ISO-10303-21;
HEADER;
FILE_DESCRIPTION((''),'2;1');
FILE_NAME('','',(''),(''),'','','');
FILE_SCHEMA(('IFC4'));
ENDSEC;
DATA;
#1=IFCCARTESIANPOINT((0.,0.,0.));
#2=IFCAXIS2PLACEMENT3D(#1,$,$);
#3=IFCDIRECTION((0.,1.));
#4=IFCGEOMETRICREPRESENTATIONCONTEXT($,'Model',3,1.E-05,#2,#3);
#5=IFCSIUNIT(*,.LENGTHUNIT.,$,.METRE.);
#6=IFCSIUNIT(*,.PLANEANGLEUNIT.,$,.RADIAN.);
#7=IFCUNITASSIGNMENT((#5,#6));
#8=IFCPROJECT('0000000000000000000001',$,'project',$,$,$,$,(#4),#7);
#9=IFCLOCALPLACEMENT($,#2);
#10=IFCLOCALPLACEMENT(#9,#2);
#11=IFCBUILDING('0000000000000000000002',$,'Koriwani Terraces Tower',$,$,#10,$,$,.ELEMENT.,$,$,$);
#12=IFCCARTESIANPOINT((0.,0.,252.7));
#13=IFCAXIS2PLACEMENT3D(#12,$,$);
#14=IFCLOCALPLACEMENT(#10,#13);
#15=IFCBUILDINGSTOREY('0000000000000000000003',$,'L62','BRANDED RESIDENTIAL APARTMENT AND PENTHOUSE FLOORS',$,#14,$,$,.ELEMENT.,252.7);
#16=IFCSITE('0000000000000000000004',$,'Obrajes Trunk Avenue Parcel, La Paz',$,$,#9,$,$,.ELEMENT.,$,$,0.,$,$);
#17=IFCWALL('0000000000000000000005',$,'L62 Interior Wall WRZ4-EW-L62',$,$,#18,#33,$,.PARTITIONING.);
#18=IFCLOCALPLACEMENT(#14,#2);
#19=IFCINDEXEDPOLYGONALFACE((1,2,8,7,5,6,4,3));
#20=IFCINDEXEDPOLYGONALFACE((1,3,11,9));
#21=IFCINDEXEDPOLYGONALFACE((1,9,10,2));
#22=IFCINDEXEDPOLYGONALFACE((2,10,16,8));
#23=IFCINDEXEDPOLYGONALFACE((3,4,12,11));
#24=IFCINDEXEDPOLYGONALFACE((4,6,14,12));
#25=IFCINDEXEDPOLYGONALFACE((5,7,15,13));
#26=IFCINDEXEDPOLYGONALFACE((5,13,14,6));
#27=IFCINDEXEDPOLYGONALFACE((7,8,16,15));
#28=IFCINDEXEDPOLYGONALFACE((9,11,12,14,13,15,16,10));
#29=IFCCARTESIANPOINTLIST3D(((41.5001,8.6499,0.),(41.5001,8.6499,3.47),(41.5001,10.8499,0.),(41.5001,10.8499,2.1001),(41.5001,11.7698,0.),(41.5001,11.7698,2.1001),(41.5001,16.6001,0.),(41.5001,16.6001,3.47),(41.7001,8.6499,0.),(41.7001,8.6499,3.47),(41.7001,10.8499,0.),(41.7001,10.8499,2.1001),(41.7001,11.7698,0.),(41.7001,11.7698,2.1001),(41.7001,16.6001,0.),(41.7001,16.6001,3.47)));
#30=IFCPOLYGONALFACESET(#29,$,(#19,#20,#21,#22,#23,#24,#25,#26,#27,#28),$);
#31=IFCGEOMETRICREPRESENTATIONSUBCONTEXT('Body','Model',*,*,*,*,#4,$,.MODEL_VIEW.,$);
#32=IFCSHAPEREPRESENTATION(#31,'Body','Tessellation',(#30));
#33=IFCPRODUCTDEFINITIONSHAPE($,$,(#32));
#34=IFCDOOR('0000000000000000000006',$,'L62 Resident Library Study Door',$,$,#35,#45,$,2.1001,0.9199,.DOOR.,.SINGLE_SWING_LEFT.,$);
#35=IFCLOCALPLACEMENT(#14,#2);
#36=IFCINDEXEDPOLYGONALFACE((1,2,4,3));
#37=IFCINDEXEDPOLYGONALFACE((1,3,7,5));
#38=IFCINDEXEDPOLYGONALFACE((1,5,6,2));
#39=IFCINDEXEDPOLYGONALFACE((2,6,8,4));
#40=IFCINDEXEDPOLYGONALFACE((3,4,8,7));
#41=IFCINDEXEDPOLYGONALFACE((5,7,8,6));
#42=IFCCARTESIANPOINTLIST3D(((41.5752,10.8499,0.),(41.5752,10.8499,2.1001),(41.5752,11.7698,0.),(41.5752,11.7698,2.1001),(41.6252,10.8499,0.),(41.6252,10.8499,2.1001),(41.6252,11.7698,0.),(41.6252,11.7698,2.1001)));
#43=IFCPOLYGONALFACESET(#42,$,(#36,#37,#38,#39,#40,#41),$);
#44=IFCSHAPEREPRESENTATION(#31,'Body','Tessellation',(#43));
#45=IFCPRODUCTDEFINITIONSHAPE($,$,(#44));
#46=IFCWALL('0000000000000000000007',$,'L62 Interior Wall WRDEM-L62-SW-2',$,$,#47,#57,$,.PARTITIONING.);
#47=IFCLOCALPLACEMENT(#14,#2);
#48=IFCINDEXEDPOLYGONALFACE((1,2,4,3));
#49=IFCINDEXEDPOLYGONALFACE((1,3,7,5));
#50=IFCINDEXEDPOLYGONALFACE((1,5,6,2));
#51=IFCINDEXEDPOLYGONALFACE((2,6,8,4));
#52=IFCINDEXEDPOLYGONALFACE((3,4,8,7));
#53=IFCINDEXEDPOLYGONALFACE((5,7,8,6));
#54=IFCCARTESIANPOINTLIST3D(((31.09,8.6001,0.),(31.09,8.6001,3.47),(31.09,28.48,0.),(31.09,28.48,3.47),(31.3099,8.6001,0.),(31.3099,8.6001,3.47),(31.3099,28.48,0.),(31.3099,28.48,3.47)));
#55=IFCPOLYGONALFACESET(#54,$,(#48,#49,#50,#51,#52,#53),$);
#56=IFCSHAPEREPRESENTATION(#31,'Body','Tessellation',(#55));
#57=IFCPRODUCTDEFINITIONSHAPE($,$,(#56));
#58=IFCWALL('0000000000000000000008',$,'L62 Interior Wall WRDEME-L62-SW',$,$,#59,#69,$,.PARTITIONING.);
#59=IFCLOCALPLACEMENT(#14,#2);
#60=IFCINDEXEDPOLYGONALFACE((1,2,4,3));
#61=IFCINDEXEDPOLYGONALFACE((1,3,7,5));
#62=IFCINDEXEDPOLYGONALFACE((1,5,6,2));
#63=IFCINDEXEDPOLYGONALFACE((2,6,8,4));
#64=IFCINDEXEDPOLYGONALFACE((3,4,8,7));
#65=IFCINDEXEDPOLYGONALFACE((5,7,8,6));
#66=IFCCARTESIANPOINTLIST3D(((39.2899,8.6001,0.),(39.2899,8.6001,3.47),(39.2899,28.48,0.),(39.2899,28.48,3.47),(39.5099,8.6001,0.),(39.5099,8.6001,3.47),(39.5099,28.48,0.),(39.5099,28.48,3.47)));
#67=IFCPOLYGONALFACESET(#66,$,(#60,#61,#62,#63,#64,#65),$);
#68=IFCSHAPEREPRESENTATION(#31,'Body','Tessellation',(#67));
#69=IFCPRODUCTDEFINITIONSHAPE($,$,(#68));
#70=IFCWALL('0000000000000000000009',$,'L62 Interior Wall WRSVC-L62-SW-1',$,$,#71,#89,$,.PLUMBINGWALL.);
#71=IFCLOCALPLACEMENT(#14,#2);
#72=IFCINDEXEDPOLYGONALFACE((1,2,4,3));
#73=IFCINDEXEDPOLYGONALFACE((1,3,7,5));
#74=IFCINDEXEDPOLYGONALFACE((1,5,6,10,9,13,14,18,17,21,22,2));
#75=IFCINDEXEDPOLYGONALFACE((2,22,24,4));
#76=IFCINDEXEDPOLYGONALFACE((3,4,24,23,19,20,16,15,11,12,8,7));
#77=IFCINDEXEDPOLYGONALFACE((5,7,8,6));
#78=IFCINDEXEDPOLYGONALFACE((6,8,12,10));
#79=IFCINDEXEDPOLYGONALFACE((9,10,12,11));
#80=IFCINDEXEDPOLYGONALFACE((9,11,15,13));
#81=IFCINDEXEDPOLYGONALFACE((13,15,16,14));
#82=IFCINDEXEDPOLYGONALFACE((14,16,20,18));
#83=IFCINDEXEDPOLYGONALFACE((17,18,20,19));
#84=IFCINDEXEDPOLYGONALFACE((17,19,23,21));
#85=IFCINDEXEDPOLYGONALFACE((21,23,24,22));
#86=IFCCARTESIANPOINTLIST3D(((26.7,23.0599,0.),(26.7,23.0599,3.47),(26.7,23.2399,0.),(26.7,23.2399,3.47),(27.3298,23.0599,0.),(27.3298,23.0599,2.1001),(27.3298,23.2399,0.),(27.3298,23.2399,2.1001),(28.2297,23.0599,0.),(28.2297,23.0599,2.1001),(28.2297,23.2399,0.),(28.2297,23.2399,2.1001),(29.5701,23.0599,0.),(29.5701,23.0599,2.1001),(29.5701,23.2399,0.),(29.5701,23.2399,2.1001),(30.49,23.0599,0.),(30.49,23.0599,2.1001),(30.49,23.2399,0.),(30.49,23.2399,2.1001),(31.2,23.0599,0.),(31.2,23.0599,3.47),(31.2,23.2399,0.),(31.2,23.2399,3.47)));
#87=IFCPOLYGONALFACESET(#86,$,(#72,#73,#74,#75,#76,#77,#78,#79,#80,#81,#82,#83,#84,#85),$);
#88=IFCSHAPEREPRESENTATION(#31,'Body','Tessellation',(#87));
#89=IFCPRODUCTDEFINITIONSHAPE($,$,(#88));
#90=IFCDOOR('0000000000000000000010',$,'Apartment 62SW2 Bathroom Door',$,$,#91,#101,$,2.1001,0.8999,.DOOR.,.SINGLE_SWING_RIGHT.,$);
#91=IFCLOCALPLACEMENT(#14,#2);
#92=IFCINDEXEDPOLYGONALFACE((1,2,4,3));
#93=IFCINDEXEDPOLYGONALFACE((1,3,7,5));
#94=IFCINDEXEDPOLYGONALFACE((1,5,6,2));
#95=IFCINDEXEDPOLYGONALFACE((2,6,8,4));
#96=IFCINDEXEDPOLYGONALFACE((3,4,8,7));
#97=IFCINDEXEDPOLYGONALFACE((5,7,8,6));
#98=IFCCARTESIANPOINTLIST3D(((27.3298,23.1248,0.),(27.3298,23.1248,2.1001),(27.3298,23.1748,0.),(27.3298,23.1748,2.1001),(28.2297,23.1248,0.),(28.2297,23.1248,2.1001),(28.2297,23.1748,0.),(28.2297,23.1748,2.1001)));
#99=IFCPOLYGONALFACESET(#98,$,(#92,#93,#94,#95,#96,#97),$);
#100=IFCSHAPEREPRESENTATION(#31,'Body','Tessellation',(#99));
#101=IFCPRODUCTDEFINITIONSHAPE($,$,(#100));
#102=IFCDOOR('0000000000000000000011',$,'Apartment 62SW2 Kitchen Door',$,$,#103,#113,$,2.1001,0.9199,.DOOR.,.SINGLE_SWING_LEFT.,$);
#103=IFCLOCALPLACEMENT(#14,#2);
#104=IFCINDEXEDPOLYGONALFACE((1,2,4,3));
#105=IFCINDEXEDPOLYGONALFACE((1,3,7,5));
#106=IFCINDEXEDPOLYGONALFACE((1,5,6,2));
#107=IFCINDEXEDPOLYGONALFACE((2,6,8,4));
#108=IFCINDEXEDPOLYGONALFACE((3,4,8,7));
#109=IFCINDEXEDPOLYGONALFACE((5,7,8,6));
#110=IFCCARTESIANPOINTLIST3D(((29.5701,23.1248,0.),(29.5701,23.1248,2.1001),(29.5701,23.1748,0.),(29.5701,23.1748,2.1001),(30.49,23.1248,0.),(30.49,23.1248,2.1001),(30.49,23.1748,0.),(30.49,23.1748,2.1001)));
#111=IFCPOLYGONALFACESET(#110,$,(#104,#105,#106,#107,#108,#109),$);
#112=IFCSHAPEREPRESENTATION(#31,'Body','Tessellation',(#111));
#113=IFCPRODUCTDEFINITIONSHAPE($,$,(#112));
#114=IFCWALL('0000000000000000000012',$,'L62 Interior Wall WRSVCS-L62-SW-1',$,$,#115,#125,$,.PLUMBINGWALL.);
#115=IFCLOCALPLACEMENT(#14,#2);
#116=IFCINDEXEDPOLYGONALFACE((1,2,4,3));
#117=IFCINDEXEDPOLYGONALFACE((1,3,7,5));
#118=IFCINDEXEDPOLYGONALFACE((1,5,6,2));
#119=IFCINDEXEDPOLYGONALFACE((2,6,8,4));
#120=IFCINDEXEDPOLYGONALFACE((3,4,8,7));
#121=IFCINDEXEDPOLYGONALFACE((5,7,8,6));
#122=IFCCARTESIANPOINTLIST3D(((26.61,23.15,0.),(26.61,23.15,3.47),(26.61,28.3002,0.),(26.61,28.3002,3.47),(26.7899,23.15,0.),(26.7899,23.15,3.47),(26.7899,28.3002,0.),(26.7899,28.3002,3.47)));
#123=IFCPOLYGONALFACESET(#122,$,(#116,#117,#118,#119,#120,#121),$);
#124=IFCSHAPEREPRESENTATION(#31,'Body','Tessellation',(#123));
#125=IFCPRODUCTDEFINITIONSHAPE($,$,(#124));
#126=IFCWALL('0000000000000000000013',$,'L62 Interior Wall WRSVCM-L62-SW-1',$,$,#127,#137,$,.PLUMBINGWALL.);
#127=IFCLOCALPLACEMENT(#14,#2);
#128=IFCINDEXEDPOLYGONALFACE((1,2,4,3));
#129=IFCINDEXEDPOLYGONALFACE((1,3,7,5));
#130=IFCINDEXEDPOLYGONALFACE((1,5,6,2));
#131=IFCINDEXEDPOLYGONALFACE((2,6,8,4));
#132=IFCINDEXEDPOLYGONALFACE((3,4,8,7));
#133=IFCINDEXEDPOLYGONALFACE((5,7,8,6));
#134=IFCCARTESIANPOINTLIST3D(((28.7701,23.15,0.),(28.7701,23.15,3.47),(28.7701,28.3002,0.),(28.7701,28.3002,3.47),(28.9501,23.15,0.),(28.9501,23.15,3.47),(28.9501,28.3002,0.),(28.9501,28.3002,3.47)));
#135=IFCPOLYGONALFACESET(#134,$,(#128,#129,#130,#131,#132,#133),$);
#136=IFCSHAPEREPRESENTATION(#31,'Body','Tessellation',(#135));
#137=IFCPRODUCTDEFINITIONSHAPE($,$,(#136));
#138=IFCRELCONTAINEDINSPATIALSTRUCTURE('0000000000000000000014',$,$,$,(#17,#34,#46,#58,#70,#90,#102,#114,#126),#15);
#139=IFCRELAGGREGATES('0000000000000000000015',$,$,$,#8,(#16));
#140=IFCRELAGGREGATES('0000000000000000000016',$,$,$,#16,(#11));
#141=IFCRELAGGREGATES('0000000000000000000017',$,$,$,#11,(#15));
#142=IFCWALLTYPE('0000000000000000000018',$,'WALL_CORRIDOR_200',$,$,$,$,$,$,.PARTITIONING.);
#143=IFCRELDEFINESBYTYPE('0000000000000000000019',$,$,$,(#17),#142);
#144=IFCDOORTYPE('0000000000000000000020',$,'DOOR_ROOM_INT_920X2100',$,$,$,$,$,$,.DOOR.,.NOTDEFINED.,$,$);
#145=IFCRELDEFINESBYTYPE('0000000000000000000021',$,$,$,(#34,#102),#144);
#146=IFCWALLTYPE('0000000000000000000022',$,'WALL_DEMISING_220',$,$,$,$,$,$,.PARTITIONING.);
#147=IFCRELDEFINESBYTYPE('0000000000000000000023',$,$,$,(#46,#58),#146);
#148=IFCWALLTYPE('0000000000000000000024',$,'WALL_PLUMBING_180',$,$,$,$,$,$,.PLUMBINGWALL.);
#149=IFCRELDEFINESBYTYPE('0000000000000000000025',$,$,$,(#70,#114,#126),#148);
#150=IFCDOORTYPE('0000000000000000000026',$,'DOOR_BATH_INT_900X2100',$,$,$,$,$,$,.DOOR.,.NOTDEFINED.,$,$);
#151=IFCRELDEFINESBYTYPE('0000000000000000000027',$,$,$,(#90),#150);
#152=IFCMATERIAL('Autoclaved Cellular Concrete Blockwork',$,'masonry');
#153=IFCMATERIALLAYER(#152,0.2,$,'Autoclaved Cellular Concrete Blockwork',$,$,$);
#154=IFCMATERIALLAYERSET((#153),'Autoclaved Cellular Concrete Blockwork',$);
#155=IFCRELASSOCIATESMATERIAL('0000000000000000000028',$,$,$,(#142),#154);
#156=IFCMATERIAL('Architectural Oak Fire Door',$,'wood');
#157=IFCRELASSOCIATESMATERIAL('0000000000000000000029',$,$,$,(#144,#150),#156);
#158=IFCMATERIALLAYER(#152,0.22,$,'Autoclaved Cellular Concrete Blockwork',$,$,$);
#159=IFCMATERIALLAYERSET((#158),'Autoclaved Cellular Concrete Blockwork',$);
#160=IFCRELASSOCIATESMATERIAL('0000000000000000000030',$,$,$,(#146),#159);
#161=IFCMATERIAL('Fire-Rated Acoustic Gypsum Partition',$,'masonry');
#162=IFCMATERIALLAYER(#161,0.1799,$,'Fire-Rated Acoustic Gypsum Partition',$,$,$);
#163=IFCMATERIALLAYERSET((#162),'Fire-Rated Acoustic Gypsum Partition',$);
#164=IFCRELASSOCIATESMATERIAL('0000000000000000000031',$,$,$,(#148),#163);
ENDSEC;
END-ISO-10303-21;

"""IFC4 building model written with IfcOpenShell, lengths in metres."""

from ifc_helpers import new_model, si_unit, direction, frame, frame_2d, origin, place, context, subcontext, project, spatial, rectangle, extrude, material, layer, layer_set, type_object, element, fill, save


model = new_model("IFC4")

# Units and contexts
model_context = context("Model", 3, precision=1e-05, world=origin(), true_north=direction((0.0, 1.0)))
body_context = subcontext(model_context, "Body", "Model", "MODEL_VIEW")
ifc_project = project(units=[si_unit("LENGTHUNIT", "METRE"), si_unit("PLANEANGLEUNIT", "RADIAN")], contexts=[model_context])

# Site, building, storey
site_placement = place(None, origin())
site = spatial("IfcSite", under=ifc_project, at=site_placement, Name="Obrajes Trunk Avenue Parcel, La Paz", CompositionType="ELEMENT", RefElevation=0.0)
building_placement = place(site_placement, origin())
building = spatial("IfcBuilding", under=site, at=building_placement, Name="Koriwani Terraces Tower", CompositionType="ELEMENT")
storey_placement = place(building_placement, frame((0.0, 0.0, 252.7)))
storey = spatial("IfcBuildingStorey", under=building, at=storey_placement, Name="L62", Description="BRANDED RESIDENTIAL APARTMENT AND PENTHOUSE FLOORS", CompositionType="ELEMENT", Elevation=252.7)

# Wall, opening, door
ifc_material_1 = material(Name="Autoclaved Cellular Concrete Blockwork", Category="masonry")
ifc_layer_1 = layer(ifc_material_1, 0.2, Name="Autoclaved Cellular Concrete Blockwork")
ifc_layer_set_1 = layer_set([ifc_layer_1], Name="Autoclaved Cellular Concrete Blockwork")
wall_type_1 = type_object("IfcWallType", Name="WALL_CORRIDOR_200", PredefinedType="PARTITIONING", material=ifc_layer_set_1)
wall_1_placement = place(storey_placement, frame((41.6001, 8.6499, 0.0), z_axis=(0.0, 0.0, 1.0), x_axis=(0.0, 1.0, 0.0)))
wall_1 = element("IfcWall", 1, at=wall_1_placement, inside=storey, type_object=wall_type_1, Name="L62 Interior Wall WRZ4-EW-L62", PredefinedType="PARTITIONING", context=body_context, shape_type="SweptSolid", body=[
    extrude(rectangle(XDim=7.9502, YDim=0.2, at=frame_2d((3.9751, 0.0))), origin(), (0.0, 0.0, 1.0), 3.47),
])
opening_1_placement = place(wall_1_placement, frame((2.2, 0.0, 0.0)))
opening_1 = element("IfcOpeningElement", 2, at=opening_1_placement, cuts=wall_1, PredefinedType="OPENING", context=body_context, shape_type="SweptSolid", body=[
    extrude(rectangle(XDim=0.9199, YDim=2.1001, at=frame_2d((0.46, 1.05))), frame((0.0, 0.1099, 0.0), z_axis=(0.0, -1.0, 0.0), x_axis=(1.0, 0.0, 0.0)), (0.0, 0.0, 1.0), 0.22),
])
ifc_material_2 = material(Name="Architectural Oak Fire Door", Category="wood")
door_type_1 = type_object("IfcDoorType", Name="DOOR_ROOM_INT_920X2100", OperationType="NOTDEFINED", PredefinedType="DOOR", material=ifc_material_2)
door_1_placement = place(opening_1_placement, origin())
door_1 = element("IfcDoor", 3, at=door_1_placement, inside=storey, type_object=door_type_1, Name="L62 Resident Library Study Door", OperationType="SINGLE_SWING_LEFT", OverallHeight=2.1001, OverallWidth=0.9199, PredefinedType="DOOR", context=body_context, shape_type="SweptSolid", body=[
    extrude(rectangle(XDim=0.9199, YDim=2.1001, at=frame_2d((0.46, 1.05))), frame((0.0, 0.0249, 0.0), z_axis=(0.0, -1.0, 0.0), x_axis=(1.0, 0.0, 0.0)), (0.0, 0.0, 1.0), 0.05),
])
fill(opening_1, door_1)

# Walls
ifc_layer_2 = layer(ifc_material_1, 0.22, Name="Autoclaved Cellular Concrete Blockwork")
ifc_layer_set_2 = layer_set([ifc_layer_2], Name="Autoclaved Cellular Concrete Blockwork")
wall_type_2 = type_object("IfcWallType", Name="WALL_DEMISING_220", PredefinedType="PARTITIONING", material=ifc_layer_set_2)
for number, where, z_axis, x_axis, name in (
    (4, (31.2, 8.6001, 0.0), (0.0, 0.0, 1.0), (0.0, 1.0, 0.0), "L62 Interior Wall WRDEM-L62-SW-2"),
    (5, (39.3999, 8.6001, 0.0), (0.0, 0.0, 1.0), (0.0, 1.0, 0.0), "L62 Interior Wall WRDEME-L62-SW"),
):
    element("IfcWall", number, at=place(storey_placement, frame(where, z_axis=z_axis, x_axis=x_axis)), inside=storey, type_object=wall_type_2, Name=name, PredefinedType="PARTITIONING", context=body_context, shape_type="SweptSolid", body=[
        extrude(rectangle(XDim=19.8799, YDim=0.22, at=frame_2d((9.9399, 0.0))), origin(), (0.0, 0.0, 1.0), 3.47),
    ])

# Wall, openings, doors
ifc_material_3 = material(Name="Fire-Rated Acoustic Gypsum Partition", Category="masonry")
ifc_layer_3 = layer(ifc_material_3, 0.1799, Name="Fire-Rated Acoustic Gypsum Partition")
ifc_layer_set_3 = layer_set([ifc_layer_3], Name="Fire-Rated Acoustic Gypsum Partition")
wall_type_3 = type_object("IfcWallType", Name="WALL_PLUMBING_180", PredefinedType="PLUMBINGWALL", material=ifc_layer_set_3)
wall_2_placement = place(storey_placement, frame((26.7, 23.1499, 0.0), z_axis=(0.0, 0.0, 1.0), x_axis=(1.0, 0.0, 0.0)))
wall_2 = element("IfcWall", 6, at=wall_2_placement, inside=storey, type_object=wall_type_3, Name="L62 Interior Wall WRSVC-L62-SW-1", PredefinedType="PLUMBINGWALL", context=body_context, shape_type="SweptSolid", body=[
    extrude(rectangle(XDim=4.5, YDim=0.1799, at=frame_2d((2.25, 0.0))), origin(), (0.0, 0.0, 1.0), 3.47),
])
opening_2_placement = place(wall_2_placement, frame((0.6299, 0.0, 0.0)))
opening_2 = element("IfcOpeningElement", 7, at=opening_2_placement, cuts=wall_2, PredefinedType="OPENING", context=body_context, shape_type="SweptSolid", body=[
    extrude(rectangle(XDim=0.8999, YDim=2.1001, at=frame_2d((0.45, 1.05))), frame((0.0, 0.1001, 0.0), z_axis=(0.0, -1.0, 0.0), x_axis=(1.0, 0.0, 0.0)), (0.0, 0.0, 1.0), 0.2),
])
opening_3_placement = place(wall_2_placement, frame((2.8701, 0.0, 0.0)))
opening_3 = element("IfcOpeningElement", 8, at=opening_3_placement, cuts=wall_2, PredefinedType="OPENING", context=body_context, shape_type="SweptSolid", body=[
    extrude(rectangle(XDim=0.9199, YDim=2.1001, at=frame_2d((0.46, 1.05))), frame((0.0, 0.1001, 0.0), z_axis=(0.0, -1.0, 0.0), x_axis=(1.0, 0.0, 0.0)), (0.0, 0.0, 1.0), 0.2),
])
door_type_2 = type_object("IfcDoorType", Name="DOOR_BATH_INT_900X2100", OperationType="NOTDEFINED", PredefinedType="DOOR", material=ifc_material_2)
door_2_placement = place(opening_2_placement, origin())
door_2 = element("IfcDoor", 9, at=door_2_placement, inside=storey, type_object=door_type_2, Name="Apartment 62SW2 Bathroom Door", OperationType="SINGLE_SWING_RIGHT", OverallHeight=2.1001, OverallWidth=0.8999, PredefinedType="DOOR", context=body_context, shape_type="SweptSolid", body=[
    extrude(rectangle(XDim=0.8999, YDim=2.1001, at=frame_2d((0.45, 1.05))), frame((0.0, 0.0249, 0.0), z_axis=(0.0, -1.0, 0.0), x_axis=(1.0, 0.0, 0.0)), (0.0, 0.0, 1.0), 0.05),
])
fill(opening_2, door_2)
door_3_placement = place(opening_3_placement, origin())
door_3 = element("IfcDoor", 10, at=door_3_placement, inside=storey, type_object=door_type_1, Name="Apartment 62SW2 Kitchen Door", OperationType="SINGLE_SWING_LEFT", OverallHeight=2.1001, OverallWidth=0.9199, PredefinedType="DOOR", context=body_context, shape_type="SweptSolid", body=[
    extrude(rectangle(XDim=0.9199, YDim=2.1001, at=frame_2d((0.46, 1.05))), frame((0.0, 0.0249, 0.0), z_axis=(0.0, -1.0, 0.0), x_axis=(1.0, 0.0, 0.0)), (0.0, 0.0, 1.0), 0.05),
])
fill(opening_3, door_3)

# Walls
for number, where, z_axis, x_axis, name in (
    (11, (26.7, 23.1499, 0.0), (0.0, 0.0, 1.0), (0.0, 1.0, 0.0), "L62 Interior Wall WRSVCS-L62-SW-1"),
    (12, (28.8601, 23.1499, 0.0), (0.0, 0.0, 1.0), (0.0, 1.0, 0.0), "L62 Interior Wall WRSVCM-L62-SW-1"),
):
    element("IfcWall", number, at=place(storey_placement, frame(where, z_axis=z_axis, x_axis=x_axis)), inside=storey, type_object=wall_type_3, Name=name, PredefinedType="PLUMBINGWALL", context=body_context, shape_type="SweptSolid", body=[
        extrude(rectangle(XDim=5.1501, YDim=0.1799, at=frame_2d((2.5752, 0.0))), origin(), (0.0, 0.0, 1.0), 3.47),
    ])

save(model, "model.ifc")
